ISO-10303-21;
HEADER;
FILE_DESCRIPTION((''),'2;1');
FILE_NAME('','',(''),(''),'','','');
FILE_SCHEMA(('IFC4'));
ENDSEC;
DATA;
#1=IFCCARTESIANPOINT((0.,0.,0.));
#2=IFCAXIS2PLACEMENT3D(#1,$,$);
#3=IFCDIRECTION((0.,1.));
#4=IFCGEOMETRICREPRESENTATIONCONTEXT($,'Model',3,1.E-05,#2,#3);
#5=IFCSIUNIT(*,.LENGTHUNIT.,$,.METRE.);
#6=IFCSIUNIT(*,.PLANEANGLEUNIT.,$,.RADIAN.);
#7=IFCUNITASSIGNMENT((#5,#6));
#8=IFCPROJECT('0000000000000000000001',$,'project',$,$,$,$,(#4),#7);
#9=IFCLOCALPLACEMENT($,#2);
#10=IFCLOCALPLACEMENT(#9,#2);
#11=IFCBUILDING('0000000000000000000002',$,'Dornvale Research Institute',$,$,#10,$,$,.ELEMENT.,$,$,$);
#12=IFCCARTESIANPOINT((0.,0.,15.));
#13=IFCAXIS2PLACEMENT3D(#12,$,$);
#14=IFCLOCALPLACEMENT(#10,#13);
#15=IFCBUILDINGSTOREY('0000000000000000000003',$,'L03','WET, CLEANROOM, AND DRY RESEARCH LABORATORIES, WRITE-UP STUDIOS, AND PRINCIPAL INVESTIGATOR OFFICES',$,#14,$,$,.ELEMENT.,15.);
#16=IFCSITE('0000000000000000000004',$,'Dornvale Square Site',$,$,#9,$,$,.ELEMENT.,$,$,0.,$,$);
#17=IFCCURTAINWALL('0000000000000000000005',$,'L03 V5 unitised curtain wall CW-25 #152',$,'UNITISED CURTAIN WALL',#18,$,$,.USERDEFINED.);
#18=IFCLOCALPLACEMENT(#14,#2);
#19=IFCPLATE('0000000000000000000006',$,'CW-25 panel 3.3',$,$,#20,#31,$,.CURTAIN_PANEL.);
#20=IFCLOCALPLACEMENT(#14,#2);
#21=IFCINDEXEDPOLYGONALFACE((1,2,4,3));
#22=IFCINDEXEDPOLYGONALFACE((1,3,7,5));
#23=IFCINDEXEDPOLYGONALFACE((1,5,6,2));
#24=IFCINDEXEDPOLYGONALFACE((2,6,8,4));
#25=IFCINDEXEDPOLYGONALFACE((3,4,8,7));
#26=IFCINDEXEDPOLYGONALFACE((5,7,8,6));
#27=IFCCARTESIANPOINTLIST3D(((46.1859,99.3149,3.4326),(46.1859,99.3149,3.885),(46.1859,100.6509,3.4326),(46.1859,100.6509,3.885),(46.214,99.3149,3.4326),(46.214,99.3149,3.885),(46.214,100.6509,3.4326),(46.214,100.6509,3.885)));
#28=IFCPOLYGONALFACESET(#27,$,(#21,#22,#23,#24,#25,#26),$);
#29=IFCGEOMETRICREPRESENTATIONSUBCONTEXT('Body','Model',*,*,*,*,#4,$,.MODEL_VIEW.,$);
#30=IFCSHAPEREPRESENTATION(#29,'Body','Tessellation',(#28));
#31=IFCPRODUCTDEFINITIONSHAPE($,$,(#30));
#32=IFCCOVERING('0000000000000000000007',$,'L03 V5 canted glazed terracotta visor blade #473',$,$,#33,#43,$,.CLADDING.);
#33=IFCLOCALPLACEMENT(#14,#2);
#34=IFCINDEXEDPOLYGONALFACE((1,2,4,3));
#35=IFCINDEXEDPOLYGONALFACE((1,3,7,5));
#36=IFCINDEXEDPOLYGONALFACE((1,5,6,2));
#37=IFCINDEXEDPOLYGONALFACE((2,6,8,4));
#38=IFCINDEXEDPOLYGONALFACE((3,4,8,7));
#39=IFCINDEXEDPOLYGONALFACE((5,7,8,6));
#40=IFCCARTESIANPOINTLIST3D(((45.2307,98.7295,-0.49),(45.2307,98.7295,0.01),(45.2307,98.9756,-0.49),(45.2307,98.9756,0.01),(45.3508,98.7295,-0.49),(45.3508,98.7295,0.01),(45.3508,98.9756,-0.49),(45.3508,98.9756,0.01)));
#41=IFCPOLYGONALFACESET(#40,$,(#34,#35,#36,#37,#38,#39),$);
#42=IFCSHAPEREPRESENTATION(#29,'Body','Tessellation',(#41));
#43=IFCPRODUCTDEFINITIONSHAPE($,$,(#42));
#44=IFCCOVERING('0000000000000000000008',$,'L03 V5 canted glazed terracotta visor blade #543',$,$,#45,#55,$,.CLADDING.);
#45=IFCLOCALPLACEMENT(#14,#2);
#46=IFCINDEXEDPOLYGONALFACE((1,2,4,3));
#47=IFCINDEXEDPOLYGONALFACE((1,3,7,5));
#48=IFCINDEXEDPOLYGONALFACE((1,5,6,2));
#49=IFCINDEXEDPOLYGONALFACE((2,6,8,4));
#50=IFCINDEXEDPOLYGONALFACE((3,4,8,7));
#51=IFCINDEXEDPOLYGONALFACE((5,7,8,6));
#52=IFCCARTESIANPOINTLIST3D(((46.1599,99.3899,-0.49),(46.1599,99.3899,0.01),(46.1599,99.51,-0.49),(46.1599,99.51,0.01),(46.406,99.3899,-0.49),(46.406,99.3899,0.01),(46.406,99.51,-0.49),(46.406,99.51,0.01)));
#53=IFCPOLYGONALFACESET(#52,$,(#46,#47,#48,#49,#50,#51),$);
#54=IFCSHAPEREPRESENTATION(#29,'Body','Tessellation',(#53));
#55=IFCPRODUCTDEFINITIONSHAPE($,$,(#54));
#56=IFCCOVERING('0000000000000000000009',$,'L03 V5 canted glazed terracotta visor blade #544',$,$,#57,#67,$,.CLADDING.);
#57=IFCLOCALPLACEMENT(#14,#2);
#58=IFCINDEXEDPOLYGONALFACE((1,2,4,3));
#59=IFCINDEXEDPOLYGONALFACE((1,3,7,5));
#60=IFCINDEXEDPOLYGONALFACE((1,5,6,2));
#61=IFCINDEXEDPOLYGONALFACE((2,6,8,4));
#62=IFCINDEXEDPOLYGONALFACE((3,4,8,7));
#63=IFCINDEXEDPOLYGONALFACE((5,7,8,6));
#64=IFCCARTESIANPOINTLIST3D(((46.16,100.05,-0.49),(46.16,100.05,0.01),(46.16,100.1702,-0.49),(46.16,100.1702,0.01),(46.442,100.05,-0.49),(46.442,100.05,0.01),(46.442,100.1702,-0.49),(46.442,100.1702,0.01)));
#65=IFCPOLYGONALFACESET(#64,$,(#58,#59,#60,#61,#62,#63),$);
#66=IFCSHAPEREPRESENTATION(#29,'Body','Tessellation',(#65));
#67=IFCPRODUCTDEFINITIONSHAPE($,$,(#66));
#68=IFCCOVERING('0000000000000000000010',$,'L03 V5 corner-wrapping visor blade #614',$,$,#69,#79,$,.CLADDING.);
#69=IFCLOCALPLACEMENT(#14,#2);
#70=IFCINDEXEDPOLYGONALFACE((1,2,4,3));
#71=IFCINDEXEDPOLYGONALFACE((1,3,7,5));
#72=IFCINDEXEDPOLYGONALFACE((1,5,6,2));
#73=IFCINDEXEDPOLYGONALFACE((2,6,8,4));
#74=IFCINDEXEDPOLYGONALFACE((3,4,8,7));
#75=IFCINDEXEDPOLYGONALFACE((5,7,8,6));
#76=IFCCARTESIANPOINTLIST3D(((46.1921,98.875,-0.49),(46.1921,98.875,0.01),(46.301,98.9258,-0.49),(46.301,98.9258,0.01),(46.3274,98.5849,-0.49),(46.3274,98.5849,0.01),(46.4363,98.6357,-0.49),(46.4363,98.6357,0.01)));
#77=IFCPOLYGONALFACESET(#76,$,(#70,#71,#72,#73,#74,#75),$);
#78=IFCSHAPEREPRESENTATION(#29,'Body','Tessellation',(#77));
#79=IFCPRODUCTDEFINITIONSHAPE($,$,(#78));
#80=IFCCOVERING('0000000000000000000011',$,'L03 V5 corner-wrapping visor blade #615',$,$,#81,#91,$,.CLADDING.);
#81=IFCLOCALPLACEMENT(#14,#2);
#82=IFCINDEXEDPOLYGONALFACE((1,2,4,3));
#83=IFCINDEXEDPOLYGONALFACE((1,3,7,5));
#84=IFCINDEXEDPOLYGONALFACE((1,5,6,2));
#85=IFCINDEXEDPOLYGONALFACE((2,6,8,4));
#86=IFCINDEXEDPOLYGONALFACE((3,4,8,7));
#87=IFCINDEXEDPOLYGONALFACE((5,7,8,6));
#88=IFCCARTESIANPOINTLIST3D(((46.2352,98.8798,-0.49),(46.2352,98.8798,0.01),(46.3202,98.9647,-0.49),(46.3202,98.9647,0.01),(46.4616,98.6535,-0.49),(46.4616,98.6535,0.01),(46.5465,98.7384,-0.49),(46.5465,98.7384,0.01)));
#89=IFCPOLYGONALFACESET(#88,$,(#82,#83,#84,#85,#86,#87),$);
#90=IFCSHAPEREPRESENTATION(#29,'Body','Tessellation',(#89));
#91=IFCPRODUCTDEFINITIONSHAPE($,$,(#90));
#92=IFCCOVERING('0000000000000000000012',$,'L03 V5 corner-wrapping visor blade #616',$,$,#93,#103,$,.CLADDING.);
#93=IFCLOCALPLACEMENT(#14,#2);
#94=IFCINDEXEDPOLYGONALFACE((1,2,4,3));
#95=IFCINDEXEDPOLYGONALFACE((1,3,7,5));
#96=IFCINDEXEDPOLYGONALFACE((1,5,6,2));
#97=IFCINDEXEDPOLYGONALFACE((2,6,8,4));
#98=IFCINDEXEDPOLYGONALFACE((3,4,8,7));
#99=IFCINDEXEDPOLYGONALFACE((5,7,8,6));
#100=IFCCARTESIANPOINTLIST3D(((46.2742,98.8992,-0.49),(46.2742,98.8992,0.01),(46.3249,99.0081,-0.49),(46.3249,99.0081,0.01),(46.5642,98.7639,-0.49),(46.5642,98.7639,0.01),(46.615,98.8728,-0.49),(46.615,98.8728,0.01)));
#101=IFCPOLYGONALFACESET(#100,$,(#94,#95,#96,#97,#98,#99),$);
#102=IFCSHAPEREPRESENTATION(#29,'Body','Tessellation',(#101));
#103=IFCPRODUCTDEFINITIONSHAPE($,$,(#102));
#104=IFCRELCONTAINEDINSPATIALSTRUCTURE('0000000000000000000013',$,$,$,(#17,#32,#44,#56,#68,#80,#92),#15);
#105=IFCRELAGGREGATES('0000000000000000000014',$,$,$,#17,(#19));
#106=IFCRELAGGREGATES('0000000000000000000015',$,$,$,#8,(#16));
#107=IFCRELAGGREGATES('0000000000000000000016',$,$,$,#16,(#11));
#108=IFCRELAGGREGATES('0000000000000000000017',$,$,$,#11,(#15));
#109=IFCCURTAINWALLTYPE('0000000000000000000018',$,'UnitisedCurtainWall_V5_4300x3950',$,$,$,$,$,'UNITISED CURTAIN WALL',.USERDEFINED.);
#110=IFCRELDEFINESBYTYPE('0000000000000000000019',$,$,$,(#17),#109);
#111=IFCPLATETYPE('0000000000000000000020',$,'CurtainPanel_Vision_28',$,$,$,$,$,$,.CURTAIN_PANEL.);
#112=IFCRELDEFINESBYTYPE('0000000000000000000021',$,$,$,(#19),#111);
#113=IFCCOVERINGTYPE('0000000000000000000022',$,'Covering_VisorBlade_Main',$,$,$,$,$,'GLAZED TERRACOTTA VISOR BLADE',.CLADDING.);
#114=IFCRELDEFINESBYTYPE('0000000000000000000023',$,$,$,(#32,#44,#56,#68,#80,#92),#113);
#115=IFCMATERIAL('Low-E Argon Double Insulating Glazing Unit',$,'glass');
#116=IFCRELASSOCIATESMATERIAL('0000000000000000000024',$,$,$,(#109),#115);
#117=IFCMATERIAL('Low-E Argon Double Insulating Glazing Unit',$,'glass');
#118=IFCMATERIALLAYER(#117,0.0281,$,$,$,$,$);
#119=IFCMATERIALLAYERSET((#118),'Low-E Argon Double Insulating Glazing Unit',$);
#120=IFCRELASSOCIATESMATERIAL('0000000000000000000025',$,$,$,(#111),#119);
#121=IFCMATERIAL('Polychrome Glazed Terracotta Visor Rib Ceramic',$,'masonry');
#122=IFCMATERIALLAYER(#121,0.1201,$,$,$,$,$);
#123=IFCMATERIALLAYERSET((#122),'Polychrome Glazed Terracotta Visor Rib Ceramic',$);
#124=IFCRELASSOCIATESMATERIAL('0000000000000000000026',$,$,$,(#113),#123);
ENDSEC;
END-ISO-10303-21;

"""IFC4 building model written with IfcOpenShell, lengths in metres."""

from ifc_helpers import new_model, si_unit, direction, frame, origin, origin_2d, place, context, subcontext, project, spatial, rectangle, extrude, material, layer, layer_set, type_object, element, aggregate, save


model = new_model("IFC4")

# Units and contexts
model_context = context("Model", 3, precision=1e-05, world=origin(), true_north=direction((0.0, 1.0)))
body_context = subcontext(model_context, "Body", "Model", "MODEL_VIEW")
ifc_project = project(units=[si_unit("LENGTHUNIT", "METRE"), si_unit("PLANEANGLEUNIT", "RADIAN")], contexts=[model_context])

# Site, building, storey
site_placement = place(None, origin())
site = spatial("IfcSite", under=ifc_project, at=site_placement, Name="Dornvale Square Site", CompositionType="ELEMENT", RefElevation=0.0)
building_placement = place(site_placement, origin())
building = spatial("IfcBuilding", under=site, at=building_placement, Name="Dornvale Research Institute", CompositionType="ELEMENT")
storey_placement = place(building_placement, frame((0.0, 0.0, 15.0)))
storey = spatial("IfcBuildingStorey", under=building, at=storey_placement, Name="L03", Description="WET, CLEANROOM, AND DRY RESEARCH LABORATORIES, WRITE-UP STUDIOS, AND PRINCIPAL INVESTIGATOR OFFICES", CompositionType="ELEMENT", Elevation=15.0)

# Curtain wall
ifc_material_1 = material(Name="Low-E Argon Double Insulating Glazing Unit", Category="glass")
curtain_wall_type_1 = type_object("IfcCurtainWallType", Name="UnitisedCurtainWall_V5_4300x3950", ElementType="UNITISED CURTAIN WALL", PredefinedType="USERDEFINED", material=ifc_material_1)
curtain_wall_1_placement = place(storey_placement, origin())
curtain_wall_1 = element("IfcCurtainWall", 1, at=curtain_wall_1_placement, inside=storey, type_object=curtain_wall_type_1, Name="L03 V5 unitised curtain wall CW-25 #152", ObjectType="UNITISED CURTAIN WALL", PredefinedType="USERDEFINED")

# Plate
ifc_material_2 = material(Name="Low-E Argon Double Insulating Glazing Unit", Category="glass")
ifc_layer_1 = layer(ifc_material_2, 0.0281)
ifc_layer_set_1 = layer_set([ifc_layer_1], Name="Low-E Argon Double Insulating Glazing Unit")
plate_type_1 = type_object("IfcPlateType", Name="CurtainPanel_Vision_28", PredefinedType="CURTAIN_PANEL", material=ifc_layer_set_1)
plate_1_placement = place(storey_placement, frame((46.2, 99.9829, 3.4326), z_axis=(0.0, 0.0, 1.0), x_axis=(0.0, -1.0, 0.0)))
plate_1 = element("IfcPlate", 2, at=plate_1_placement, type_object=plate_type_1, Name="CW-25 panel 3.3", PredefinedType="CURTAIN_PANEL", context=body_context, shape_type="SweptSolid", body=[
    extrude(rectangle(XDim=1.3359, YDim=0.0281, at=origin_2d()), origin(), (0.0, 0.0, 1.0), 0.4524),
])
aggregate(curtain_wall_1, [plate_1])

# Coverings
ifc_material_3 = material(Name="Polychrome Glazed Terracotta Visor Rib Ceramic", Category="masonry")
ifc_layer_2 = layer(ifc_material_3, 0.1201)
ifc_layer_set_2 = layer_set([ifc_layer_2], Name="Polychrome Glazed Terracotta Visor Rib Ceramic")
covering_type = type_object("IfcCoveringType", Name="Covering_VisorBlade_Main", ElementType="GLAZED TERRACOTTA VISOR BLADE", PredefinedType="CLADDING", material=ifc_layer_set_2)
for number, where, z_axis, x_axis, name in (
    (3, (45.2908, 98.8525, -0.49), (0.0, 0.0, 1.0), (0.0, 1.0, 0.0), "L03 V5 canted glazed terracotta visor blade #473"),
    (4, (46.283, 99.45, -0.49), (0.0, 0.0, 1.0), (1.0, 0.0, 0.0), "L03 V5 canted glazed terracotta visor blade #543"),
):
    element("IfcCovering", number, at=place(storey_placement, frame(where, z_axis=z_axis, x_axis=x_axis)), inside=storey, type_object=covering_type, Name=name, PredefinedType="CLADDING", context=body_context, shape_type="SweptSolid", body=[
        extrude(rectangle(XDim=0.2461, YDim=0.1201, at=origin_2d()), origin(), (0.0, 0.0, 1.0), 0.5),
    ])
covering_placement = place(storey_placement, frame((46.301, 100.1101, -0.49), z_axis=(0.0, 0.0, 1.0), x_axis=(1.0, 0.0, 0.0)))
element("IfcCovering", 5, at=covering_placement, inside=storey, type_object=covering_type, Name="L03 V5 canted glazed terracotta visor blade #544", PredefinedType="CLADDING", context=body_context, shape_type="SweptSolid", body=[
    extrude(rectangle(XDim=0.282, YDim=0.1201, at=origin_2d()), origin(), (0.0, 0.0, 1.0), 0.5),
])
for number, where, z_axis, x_axis, name in (
    (6, (46.3142, 98.7554, -0.49), (0.0, 0.0, 1.0), (0.422618, -0.906308, 0.0), "L03 V5 corner-wrapping visor blade #614"),
    (7, (46.3909, 98.8091, -0.49), (0.0, 0.0, 1.0), (0.707107, -0.707107, 0.0), "L03 V5 corner-wrapping visor blade #615"),
    (8, (46.4446, 98.886, -0.49), (0.0, 0.0, 1.0), (0.906308, -0.422618, 0.0), "L03 V5 corner-wrapping visor blade #616"),
):
    element("IfcCovering", number, at=place(storey_placement, frame(where, z_axis=z_axis, x_axis=x_axis)), inside=storey, type_object=covering_type, Name=name, PredefinedType="CLADDING", context=body_context, shape_type="SweptSolid", body=[
        extrude(rectangle(XDim=0.3201, YDim=0.1201, at=origin_2d()), origin(), (0.0, 0.0, 1.0), 0.5),
    ])

save(model, "model.ifc")
